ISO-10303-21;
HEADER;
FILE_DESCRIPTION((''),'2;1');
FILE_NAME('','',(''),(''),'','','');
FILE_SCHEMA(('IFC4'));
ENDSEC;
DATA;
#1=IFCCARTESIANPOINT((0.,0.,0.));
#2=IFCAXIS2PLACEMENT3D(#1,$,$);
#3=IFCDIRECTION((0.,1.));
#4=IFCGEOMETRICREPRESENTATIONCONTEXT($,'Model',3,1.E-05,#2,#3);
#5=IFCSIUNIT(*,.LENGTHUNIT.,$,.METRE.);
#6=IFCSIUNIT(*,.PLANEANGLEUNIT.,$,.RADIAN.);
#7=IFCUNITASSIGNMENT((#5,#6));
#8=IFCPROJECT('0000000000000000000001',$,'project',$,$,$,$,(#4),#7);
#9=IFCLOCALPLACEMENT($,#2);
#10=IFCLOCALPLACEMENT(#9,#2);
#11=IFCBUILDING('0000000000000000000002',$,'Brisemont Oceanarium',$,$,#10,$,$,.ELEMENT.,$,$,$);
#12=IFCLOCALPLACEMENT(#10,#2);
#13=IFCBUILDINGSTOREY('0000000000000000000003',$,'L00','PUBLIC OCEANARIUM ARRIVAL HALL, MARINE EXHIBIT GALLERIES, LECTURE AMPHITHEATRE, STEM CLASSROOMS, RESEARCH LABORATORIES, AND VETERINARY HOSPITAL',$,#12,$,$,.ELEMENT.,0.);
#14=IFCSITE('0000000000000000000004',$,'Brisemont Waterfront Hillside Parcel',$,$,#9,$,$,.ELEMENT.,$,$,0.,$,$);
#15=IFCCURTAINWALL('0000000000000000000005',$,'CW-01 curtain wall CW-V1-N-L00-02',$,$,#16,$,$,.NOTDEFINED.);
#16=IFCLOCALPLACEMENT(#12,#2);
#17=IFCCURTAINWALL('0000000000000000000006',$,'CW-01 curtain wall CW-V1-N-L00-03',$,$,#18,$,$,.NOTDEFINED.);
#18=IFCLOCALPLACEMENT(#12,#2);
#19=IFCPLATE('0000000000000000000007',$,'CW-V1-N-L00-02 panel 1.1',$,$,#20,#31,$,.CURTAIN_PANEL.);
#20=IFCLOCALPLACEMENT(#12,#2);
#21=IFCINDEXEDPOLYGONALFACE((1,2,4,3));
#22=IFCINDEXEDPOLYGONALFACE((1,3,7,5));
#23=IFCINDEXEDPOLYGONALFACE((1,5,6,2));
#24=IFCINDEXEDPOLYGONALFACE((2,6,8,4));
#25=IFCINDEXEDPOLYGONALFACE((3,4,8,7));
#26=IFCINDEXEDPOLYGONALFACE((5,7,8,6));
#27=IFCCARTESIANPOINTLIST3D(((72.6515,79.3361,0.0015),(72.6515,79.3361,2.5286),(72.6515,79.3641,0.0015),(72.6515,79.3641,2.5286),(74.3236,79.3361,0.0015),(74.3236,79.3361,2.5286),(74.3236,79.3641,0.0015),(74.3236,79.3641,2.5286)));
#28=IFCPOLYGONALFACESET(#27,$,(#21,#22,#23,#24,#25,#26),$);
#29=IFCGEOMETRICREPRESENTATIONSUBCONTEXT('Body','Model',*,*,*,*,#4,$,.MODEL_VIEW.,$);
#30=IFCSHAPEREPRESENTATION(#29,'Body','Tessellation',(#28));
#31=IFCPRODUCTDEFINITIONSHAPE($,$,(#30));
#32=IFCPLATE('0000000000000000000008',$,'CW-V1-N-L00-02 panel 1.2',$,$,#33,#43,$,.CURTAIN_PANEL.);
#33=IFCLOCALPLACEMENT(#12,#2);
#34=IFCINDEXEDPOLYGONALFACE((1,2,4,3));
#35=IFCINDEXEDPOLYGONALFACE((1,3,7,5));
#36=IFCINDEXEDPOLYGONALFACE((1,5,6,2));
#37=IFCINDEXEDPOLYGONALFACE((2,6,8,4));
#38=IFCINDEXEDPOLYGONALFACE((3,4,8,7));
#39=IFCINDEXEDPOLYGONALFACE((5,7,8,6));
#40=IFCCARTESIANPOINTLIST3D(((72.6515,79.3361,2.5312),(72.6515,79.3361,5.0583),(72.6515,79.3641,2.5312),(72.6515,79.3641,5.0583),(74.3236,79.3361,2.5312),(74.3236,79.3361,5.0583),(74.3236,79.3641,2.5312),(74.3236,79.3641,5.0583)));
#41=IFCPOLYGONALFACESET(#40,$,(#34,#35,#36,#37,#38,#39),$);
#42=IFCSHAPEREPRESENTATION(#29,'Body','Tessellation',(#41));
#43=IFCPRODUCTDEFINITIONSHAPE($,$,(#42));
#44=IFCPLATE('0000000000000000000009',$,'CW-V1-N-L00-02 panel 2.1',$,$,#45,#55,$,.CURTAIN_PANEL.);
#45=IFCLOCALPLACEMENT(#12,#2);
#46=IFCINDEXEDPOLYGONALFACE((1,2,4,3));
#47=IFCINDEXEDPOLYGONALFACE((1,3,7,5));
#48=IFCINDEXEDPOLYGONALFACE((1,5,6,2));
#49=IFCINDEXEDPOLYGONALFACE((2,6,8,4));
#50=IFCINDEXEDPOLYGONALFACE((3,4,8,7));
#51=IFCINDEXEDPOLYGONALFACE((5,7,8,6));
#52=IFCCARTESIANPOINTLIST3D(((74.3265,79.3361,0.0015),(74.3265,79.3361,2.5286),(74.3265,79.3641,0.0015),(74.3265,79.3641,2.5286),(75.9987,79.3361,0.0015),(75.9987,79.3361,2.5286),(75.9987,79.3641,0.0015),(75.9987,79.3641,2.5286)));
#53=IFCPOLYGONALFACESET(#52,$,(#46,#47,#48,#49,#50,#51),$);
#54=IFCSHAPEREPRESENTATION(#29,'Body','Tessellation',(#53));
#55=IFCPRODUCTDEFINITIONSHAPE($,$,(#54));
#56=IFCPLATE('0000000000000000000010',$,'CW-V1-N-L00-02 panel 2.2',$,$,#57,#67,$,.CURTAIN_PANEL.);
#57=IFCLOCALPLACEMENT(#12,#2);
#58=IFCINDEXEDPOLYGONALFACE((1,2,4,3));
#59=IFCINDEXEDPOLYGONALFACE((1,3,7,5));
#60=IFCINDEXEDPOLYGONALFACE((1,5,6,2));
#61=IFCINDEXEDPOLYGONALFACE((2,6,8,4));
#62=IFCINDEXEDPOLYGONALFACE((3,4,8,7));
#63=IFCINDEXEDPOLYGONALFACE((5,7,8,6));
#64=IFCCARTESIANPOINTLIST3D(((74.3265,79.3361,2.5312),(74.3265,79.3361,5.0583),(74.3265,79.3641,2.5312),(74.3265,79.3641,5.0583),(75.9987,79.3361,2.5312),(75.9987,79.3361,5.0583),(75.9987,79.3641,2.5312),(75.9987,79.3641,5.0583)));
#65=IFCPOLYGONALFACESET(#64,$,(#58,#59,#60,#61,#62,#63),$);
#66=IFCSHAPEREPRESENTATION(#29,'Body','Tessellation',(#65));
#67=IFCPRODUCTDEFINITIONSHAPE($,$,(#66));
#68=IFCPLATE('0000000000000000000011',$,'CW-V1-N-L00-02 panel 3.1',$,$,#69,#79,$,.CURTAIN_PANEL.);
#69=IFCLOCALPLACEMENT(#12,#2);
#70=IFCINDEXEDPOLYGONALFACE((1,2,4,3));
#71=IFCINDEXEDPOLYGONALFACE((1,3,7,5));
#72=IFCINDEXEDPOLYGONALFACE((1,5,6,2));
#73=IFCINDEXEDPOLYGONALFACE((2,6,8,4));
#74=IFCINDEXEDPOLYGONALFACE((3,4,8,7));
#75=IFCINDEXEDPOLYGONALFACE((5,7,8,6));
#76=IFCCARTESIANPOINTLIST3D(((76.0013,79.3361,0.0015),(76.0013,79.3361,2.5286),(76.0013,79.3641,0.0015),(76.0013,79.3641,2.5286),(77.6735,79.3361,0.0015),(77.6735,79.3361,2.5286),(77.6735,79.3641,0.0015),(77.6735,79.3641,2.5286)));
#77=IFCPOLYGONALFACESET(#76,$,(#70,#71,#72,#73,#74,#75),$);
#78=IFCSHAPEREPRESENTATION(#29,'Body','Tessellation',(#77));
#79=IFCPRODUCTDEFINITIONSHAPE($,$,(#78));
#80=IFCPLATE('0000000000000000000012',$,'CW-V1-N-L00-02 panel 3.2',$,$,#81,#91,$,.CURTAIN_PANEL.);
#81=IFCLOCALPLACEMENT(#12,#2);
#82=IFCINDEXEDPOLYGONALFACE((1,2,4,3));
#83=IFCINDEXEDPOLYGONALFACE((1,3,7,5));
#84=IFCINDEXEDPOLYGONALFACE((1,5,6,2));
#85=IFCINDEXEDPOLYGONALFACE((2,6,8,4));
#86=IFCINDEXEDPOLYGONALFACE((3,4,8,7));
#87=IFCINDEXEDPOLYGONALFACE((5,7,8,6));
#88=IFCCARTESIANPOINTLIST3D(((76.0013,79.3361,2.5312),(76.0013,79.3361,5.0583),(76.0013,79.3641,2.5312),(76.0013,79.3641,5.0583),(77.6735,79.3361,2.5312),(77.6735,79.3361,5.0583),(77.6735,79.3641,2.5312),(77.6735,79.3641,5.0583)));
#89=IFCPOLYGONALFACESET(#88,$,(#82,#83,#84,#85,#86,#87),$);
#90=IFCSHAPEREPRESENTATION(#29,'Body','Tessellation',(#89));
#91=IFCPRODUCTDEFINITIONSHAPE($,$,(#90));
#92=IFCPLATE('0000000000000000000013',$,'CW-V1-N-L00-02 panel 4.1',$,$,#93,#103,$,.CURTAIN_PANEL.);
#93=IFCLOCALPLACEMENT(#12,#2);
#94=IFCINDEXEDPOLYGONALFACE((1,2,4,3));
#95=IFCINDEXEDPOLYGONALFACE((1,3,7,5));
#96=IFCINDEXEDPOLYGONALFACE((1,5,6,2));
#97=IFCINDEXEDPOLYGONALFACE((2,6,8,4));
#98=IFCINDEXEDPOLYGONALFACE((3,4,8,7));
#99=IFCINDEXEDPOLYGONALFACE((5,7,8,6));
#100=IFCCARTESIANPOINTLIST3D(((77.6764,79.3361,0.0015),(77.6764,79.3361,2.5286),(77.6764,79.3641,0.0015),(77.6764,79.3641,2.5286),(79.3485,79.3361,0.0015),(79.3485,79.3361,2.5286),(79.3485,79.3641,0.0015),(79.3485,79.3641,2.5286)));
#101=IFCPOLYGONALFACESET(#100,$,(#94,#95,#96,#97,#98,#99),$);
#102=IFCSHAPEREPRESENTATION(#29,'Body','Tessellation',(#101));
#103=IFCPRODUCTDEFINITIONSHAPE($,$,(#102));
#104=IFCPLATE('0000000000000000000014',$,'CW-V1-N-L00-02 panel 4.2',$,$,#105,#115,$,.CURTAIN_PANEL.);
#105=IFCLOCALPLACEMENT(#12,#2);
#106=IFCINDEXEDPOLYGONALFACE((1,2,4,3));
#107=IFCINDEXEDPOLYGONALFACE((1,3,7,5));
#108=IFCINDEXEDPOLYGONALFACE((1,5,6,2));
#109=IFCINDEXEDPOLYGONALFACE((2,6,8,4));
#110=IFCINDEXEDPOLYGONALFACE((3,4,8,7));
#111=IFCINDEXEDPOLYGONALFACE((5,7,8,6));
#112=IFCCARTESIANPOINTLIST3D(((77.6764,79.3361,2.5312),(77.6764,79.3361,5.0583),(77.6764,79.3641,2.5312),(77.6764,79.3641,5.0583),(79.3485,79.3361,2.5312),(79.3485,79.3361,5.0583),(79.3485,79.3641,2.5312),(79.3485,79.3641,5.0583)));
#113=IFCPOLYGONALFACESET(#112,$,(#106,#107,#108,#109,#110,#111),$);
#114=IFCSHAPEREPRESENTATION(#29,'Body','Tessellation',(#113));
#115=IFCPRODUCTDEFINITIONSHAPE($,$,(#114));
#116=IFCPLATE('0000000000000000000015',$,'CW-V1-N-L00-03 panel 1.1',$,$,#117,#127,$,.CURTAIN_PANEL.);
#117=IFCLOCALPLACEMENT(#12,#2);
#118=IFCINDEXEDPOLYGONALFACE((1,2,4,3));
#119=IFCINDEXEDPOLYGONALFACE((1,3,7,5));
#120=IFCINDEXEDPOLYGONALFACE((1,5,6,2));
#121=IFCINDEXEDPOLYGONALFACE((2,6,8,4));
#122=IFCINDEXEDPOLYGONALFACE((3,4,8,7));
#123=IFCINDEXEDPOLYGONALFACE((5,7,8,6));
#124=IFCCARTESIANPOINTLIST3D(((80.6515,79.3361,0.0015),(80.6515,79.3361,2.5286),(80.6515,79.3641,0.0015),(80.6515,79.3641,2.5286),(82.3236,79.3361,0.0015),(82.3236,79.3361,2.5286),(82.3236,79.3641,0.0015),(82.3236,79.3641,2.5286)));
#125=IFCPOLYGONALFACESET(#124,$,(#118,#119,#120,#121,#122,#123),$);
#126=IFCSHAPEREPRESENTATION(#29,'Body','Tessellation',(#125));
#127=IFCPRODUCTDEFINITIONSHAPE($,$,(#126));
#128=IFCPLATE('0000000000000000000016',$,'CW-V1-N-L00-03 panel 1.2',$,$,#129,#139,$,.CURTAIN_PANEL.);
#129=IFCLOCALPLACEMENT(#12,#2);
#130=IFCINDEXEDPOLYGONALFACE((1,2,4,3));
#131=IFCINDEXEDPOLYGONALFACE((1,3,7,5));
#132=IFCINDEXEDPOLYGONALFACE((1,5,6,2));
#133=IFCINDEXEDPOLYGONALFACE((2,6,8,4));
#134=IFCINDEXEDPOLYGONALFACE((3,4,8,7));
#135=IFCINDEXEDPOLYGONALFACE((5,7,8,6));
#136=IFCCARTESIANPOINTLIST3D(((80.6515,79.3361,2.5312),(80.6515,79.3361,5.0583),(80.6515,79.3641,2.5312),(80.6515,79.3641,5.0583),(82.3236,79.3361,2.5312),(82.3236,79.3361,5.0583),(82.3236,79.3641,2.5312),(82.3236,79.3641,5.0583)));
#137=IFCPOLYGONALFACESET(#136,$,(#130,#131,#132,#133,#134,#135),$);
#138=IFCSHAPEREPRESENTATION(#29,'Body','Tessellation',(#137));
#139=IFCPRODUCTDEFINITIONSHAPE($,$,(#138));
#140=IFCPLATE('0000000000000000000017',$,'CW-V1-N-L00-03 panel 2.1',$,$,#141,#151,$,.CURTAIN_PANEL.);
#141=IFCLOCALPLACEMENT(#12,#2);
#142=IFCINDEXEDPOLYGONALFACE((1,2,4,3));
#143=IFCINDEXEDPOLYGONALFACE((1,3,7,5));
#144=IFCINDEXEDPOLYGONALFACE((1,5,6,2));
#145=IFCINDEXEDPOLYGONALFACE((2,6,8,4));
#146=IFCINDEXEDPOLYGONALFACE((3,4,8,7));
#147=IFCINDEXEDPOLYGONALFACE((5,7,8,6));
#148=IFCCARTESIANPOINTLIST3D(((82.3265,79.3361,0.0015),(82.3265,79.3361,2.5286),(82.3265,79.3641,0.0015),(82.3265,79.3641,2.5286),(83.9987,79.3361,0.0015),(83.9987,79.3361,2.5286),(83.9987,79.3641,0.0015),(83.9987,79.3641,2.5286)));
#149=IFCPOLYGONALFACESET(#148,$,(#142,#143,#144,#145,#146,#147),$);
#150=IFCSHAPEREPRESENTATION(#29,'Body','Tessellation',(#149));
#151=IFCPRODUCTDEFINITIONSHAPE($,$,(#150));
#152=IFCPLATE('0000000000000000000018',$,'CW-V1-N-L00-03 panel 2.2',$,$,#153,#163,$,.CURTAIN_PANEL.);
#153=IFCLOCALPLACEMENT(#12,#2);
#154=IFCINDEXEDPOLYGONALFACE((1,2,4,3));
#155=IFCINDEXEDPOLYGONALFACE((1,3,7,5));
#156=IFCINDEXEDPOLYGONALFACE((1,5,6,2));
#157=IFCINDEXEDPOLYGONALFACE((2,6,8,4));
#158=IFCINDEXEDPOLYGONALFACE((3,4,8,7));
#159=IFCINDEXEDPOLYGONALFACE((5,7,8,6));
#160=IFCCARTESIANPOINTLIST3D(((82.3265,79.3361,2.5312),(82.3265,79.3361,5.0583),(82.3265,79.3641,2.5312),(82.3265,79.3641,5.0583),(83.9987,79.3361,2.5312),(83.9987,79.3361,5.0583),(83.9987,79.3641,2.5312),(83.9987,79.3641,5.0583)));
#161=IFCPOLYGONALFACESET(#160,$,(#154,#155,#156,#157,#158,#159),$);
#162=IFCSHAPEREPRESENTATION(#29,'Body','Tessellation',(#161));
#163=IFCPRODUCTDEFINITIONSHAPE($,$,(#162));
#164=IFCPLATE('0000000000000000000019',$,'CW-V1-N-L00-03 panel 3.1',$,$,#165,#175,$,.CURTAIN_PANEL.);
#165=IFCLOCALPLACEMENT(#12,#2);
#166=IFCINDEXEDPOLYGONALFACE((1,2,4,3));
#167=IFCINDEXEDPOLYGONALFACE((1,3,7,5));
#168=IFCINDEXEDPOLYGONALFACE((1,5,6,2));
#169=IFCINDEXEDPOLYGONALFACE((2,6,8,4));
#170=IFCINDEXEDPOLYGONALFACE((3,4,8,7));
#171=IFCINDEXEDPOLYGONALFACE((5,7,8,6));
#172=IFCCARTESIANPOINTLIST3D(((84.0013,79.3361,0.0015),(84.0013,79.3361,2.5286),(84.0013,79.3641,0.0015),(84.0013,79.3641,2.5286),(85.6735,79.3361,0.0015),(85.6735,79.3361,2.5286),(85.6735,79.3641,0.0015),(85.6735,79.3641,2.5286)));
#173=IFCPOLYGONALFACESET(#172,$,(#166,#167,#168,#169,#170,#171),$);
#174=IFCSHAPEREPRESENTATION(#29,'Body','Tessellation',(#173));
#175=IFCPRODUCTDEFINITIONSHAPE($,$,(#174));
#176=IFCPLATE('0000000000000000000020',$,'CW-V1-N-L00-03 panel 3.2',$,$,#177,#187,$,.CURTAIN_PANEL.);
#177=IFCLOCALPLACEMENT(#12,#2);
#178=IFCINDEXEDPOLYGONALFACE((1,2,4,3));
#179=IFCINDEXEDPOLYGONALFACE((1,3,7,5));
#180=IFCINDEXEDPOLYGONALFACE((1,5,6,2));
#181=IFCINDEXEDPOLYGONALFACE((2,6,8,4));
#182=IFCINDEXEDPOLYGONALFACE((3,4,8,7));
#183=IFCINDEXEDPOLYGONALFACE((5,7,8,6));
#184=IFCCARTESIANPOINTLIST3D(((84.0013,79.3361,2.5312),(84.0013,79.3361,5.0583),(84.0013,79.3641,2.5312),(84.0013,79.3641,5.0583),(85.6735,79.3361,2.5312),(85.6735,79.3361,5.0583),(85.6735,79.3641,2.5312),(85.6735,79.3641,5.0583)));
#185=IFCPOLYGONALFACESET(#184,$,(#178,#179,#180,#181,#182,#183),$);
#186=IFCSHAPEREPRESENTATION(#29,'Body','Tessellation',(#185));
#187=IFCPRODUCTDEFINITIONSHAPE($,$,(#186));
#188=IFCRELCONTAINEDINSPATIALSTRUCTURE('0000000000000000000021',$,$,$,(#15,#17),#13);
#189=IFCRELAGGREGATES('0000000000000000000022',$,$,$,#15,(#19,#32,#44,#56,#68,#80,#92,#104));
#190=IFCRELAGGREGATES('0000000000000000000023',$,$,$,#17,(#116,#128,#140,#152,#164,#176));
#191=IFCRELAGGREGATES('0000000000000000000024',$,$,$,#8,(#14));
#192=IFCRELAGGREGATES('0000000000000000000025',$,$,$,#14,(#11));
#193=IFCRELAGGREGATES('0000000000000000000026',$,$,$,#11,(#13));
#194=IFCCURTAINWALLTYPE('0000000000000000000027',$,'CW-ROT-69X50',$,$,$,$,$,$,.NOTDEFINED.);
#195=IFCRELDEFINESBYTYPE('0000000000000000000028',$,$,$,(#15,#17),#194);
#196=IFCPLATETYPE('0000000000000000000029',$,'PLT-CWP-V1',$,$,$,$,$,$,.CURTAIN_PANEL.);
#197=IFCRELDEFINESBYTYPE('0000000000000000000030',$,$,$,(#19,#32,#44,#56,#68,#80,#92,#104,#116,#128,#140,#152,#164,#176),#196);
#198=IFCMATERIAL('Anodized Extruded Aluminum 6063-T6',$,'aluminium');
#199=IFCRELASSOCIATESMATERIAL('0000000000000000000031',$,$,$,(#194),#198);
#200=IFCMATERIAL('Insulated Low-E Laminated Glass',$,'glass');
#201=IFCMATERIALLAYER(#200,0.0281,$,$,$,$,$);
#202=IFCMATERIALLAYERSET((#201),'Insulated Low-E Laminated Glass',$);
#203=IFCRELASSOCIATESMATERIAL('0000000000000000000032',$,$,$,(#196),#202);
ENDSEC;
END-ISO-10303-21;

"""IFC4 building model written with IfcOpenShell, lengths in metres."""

from ifc_helpers import new_model, si_unit, direction, frame, origin, origin_2d, place, context, subcontext, project, spatial, rectangle, extrude, material, layer, layer_set, type_object, element, aggregate, save


model = new_model("IFC4")

# Units and contexts
model_context = context("Model", 3, precision=1e-05, world=origin(), true_north=direction((0.0, 1.0)))
body_context = subcontext(model_context, "Body", "Model", "MODEL_VIEW")
ifc_project = project(units=[si_unit("LENGTHUNIT", "METRE"), si_unit("PLANEANGLEUNIT", "RADIAN")], contexts=[model_context])

# Site, building, storey
site_placement = place(None, origin())
site = spatial("IfcSite", under=ifc_project, at=site_placement, Name="Brisemont Waterfront Hillside Parcel", CompositionType="ELEMENT", RefElevation=0.0)
building_placement = place(site_placement, origin())
building = spatial("IfcBuilding", under=site, at=building_placement, Name="Brisemont Oceanarium", CompositionType="ELEMENT")
storey_placement = place(building_placement, origin())
storey = spatial("IfcBuildingStorey", under=building, at=storey_placement, Name="L00", Description="PUBLIC OCEANARIUM ARRIVAL HALL, MARINE EXHIBIT GALLERIES, LECTURE AMPHITHEATRE, STEM CLASSROOMS, RESEARCH LABORATORIES, AND VETERINARY HOSPITAL", CompositionType="ELEMENT", Elevation=0.0)

# Curtain walls
ifc_material_1 = material(Name="Anodized Extruded Aluminum 6063-T6", Category="aluminium")
curtain_wall_type = type_object("IfcCurtainWallType", Name="CW-ROT-69X50", PredefinedType="NOTDEFINED", material=ifc_material_1)
curtain_wall_1_placement = place(storey_placement, origin())
curtain_wall_1 = element("IfcCurtainWall", 1, at=curtain_wall_1_placement, inside=storey, type_object=curtain_wall_type, Name="CW-01 curtain wall CW-V1-N-L00-02", PredefinedType="NOTDEFINED")
curtain_wall_2_placement = place(storey_placement, origin())
curtain_wall_2 = element("IfcCurtainWall", 2, at=curtain_wall_2_placement, inside=storey, type_object=curtain_wall_type, Name="CW-01 curtain wall CW-V1-N-L00-03", PredefinedType="NOTDEFINED")

# Plates
ifc_material_2 = material(Name="Insulated Low-E Laminated Glass", Category="glass")
ifc_layer = layer(ifc_material_2, 0.0281)
ifc_layer_set = layer_set([ifc_layer], Name="Insulated Low-E Laminated Glass")
plate_type = type_object("IfcPlateType", Name="PLT-CWP-V1", PredefinedType="CURTAIN_PANEL", material=ifc_layer_set)
plate_1_placement = place(storey_placement, frame((73.4875, 79.3501, 0.0015), z_axis=(0.0, 0.0, 1.0), x_axis=(1.0, 0.0, 0.0)))
plate_1 = element("IfcPlate", 3, at=plate_1_placement, type_object=plate_type, Name="CW-V1-N-L00-02 panel 1.1", PredefinedType="CURTAIN_PANEL", context=body_context, shape_type="SweptSolid", body=[
    extrude(rectangle(XDim=1.6721, YDim=0.0281, at=origin_2d()), origin(), (0.0, 0.0, 1.0), 2.5271),
])
plate_2_placement = place(storey_placement, frame((73.4875, 79.3501, 2.5312), z_axis=(0.0, 0.0, 1.0), x_axis=(1.0, 0.0, 0.0)))
plate_2 = element("IfcPlate", 4, at=plate_2_placement, type_object=plate_type, Name="CW-V1-N-L00-02 panel 1.2", PredefinedType="CURTAIN_PANEL", context=body_context, shape_type="SweptSolid", body=[
    extrude(rectangle(XDim=1.6721, YDim=0.0281, at=origin_2d()), origin(), (0.0, 0.0, 1.0), 2.5271),
])
plate_3_placement = place(storey_placement, frame((75.1626, 79.3501, 0.0015), z_axis=(0.0, 0.0, 1.0), x_axis=(1.0, 0.0, 0.0)))
plate_3 = element("IfcPlate", 5, at=plate_3_placement, type_object=plate_type, Name="CW-V1-N-L00-02 panel 2.1", PredefinedType="CURTAIN_PANEL", context=body_context, shape_type="SweptSolid", body=[
    extrude(rectangle(XDim=1.6721, YDim=0.0281, at=origin_2d()), origin(), (0.0, 0.0, 1.0), 2.5271),
])
plate_4_placement = place(storey_placement, frame((75.1626, 79.3501, 2.5312), z_axis=(0.0, 0.0, 1.0), x_axis=(1.0, 0.0, 0.0)))
plate_4 = element("IfcPlate", 6, at=plate_4_placement, type_object=plate_type, Name="CW-V1-N-L00-02 panel 2.2", PredefinedType="CURTAIN_PANEL", context=body_context, shape_type="SweptSolid", body=[
    extrude(rectangle(XDim=1.6721, YDim=0.0281, at=origin_2d()), origin(), (0.0, 0.0, 1.0), 2.5271),
])
plate_5_placement = place(storey_placement, frame((76.8374, 79.3501, 0.0015), z_axis=(0.0, 0.0, 1.0), x_axis=(1.0, 0.0, 0.0)))
plate_5 = element("IfcPlate", 7, at=plate_5_placement, type_object=plate_type, Name="CW-V1-N-L00-02 panel 3.1", PredefinedType="CURTAIN_PANEL", context=body_context, shape_type="SweptSolid", body=[
    extrude(rectangle(XDim=1.6721, YDim=0.0281, at=origin_2d()), origin(), (0.0, 0.0, 1.0), 2.5271),
])
plate_6_placement = place(storey_placement, frame((76.8374, 79.3501, 2.5312), z_axis=(0.0, 0.0, 1.0), x_axis=(1.0, 0.0, 0.0)))
plate_6 = element("IfcPlate", 8, at=plate_6_placement, type_object=plate_type, Name="CW-V1-N-L00-02 panel 3.2", PredefinedType="CURTAIN_PANEL", context=body_context, shape_type="SweptSolid", body=[
    extrude(rectangle(XDim=1.6721, YDim=0.0281, at=origin_2d()), origin(), (0.0, 0.0, 1.0), 2.5271),
])
plate_7_placement = place(storey_placement, frame((78.5125, 79.3501, 0.0015), z_axis=(0.0, 0.0, 1.0), x_axis=(1.0, 0.0, 0.0)))
plate_7 = element("IfcPlate", 9, at=plate_7_placement, type_object=plate_type, Name="CW-V1-N-L00-02 panel 4.1", PredefinedType="CURTAIN_PANEL", context=body_context, shape_type="SweptSolid", body=[
    extrude(rectangle(XDim=1.6721, YDim=0.0281, at=origin_2d()), origin(), (0.0, 0.0, 1.0), 2.5271),
])
plate_8_placement = place(storey_placement, frame((78.5125, 79.3501, 2.5312), z_axis=(0.0, 0.0, 1.0), x_axis=(1.0, 0.0, 0.0)))
plate_8 = element("IfcPlate", 10, at=plate_8_placement, type_object=plate_type, Name="CW-V1-N-L00-02 panel 4.2", PredefinedType="CURTAIN_PANEL", context=body_context, shape_type="SweptSolid", body=[
    extrude(rectangle(XDim=1.6721, YDim=0.0281, at=origin_2d()), origin(), (0.0, 0.0, 1.0), 2.5271),
])
aggregate(curtain_wall_1, [plate_1, plate_2, plate_3, plate_4, plate_5, plate_6, plate_7, plate_8])
plate_9_placement = place(storey_placement, frame((81.4875, 79.3501, 0.0015), z_axis=(0.0, 0.0, 1.0), x_axis=(1.0, 0.0, 0.0)))
plate_9 = element("IfcPlate", 11, at=plate_9_placement, type_object=plate_type, Name="CW-V1-N-L00-03 panel 1.1", PredefinedType="CURTAIN_PANEL", context=body_context, shape_type="SweptSolid", body=[
    extrude(rectangle(XDim=1.6721, YDim=0.0281, at=origin_2d()), origin(), (0.0, 0.0, 1.0), 2.5271),
])
plate_10_placement = place(storey_placement, frame((81.4875, 79.3501, 2.5312), z_axis=(0.0, 0.0, 1.0), x_axis=(1.0, 0.0, 0.0)))
plate_10 = element("IfcPlate", 12, at=plate_10_placement, type_object=plate_type, Name="CW-V1-N-L00-03 panel 1.2", PredefinedType="CURTAIN_PANEL", context=body_context, shape_type="SweptSolid", body=[
    extrude(rectangle(XDim=1.6721, YDim=0.0281, at=origin_2d()), origin(), (0.0, 0.0, 1.0), 2.5271),
])
plate_11_placement = place(storey_placement, frame((83.1626, 79.3501, 0.0015), z_axis=(0.0, 0.0, 1.0), x_axis=(1.0, 0.0, 0.0)))
plate_11 = element("IfcPlate", 13, at=plate_11_placement, type_object=plate_type, Name="CW-V1-N-L00-03 panel 2.1", PredefinedType="CURTAIN_PANEL", context=body_context, shape_type="SweptSolid", body=[
    extrude(rectangle(XDim=1.6721, YDim=0.0281, at=origin_2d()), origin(), (0.0, 0.0, 1.0), 2.5271),
])
plate_12_placement = place(storey_placement, frame((83.1626, 79.3501, 2.5312), z_axis=(0.0, 0.0, 1.0), x_axis=(1.0, 0.0, 0.0)))
plate_12 = element("IfcPlate", 14, at=plate_12_placement, type_object=plate_type, Name="CW-V1-N-L00-03 panel 2.2", PredefinedType="CURTAIN_PANEL", context=body_context, shape_type="SweptSolid", body=[
    extrude(rectangle(XDim=1.6721, YDim=0.0281, at=origin_2d()), origin(), (0.0, 0.0, 1.0), 2.5271),
])
plate_13_placement = place(storey_placement, frame((84.8374, 79.3501, 0.0015), z_axis=(0.0, 0.0, 1.0), x_axis=(1.0, 0.0, 0.0)))
plate_13 = element("IfcPlate", 15, at=plate_13_placement, type_object=plate_type, Name="CW-V1-N-L00-03 panel 3.1", PredefinedType="CURTAIN_PANEL", context=body_context, shape_type="SweptSolid", body=[
    extrude(rectangle(XDim=1.6721, YDim=0.0281, at=origin_2d()), origin(), (0.0, 0.0, 1.0), 2.5271),
])
plate_14_placement = place(storey_placement, frame((84.8374, 79.3501, 2.5312), z_axis=(0.0, 0.0, 1.0), x_axis=(1.0, 0.0, 0.0)))
plate_14 = element("IfcPlate", 16, at=plate_14_placement, type_object=plate_type, Name="CW-V1-N-L00-03 panel 3.2", PredefinedType="CURTAIN_PANEL", context=body_context, shape_type="SweptSolid", body=[
    extrude(rectangle(XDim=1.6721, YDim=0.0281, at=origin_2d()), origin(), (0.0, 0.0, 1.0), 2.5271),
])
aggregate(curtain_wall_2, [plate_9, plate_10, plate_11, plate_12, plate_13, plate_14])

save(model, "model.ifc")
